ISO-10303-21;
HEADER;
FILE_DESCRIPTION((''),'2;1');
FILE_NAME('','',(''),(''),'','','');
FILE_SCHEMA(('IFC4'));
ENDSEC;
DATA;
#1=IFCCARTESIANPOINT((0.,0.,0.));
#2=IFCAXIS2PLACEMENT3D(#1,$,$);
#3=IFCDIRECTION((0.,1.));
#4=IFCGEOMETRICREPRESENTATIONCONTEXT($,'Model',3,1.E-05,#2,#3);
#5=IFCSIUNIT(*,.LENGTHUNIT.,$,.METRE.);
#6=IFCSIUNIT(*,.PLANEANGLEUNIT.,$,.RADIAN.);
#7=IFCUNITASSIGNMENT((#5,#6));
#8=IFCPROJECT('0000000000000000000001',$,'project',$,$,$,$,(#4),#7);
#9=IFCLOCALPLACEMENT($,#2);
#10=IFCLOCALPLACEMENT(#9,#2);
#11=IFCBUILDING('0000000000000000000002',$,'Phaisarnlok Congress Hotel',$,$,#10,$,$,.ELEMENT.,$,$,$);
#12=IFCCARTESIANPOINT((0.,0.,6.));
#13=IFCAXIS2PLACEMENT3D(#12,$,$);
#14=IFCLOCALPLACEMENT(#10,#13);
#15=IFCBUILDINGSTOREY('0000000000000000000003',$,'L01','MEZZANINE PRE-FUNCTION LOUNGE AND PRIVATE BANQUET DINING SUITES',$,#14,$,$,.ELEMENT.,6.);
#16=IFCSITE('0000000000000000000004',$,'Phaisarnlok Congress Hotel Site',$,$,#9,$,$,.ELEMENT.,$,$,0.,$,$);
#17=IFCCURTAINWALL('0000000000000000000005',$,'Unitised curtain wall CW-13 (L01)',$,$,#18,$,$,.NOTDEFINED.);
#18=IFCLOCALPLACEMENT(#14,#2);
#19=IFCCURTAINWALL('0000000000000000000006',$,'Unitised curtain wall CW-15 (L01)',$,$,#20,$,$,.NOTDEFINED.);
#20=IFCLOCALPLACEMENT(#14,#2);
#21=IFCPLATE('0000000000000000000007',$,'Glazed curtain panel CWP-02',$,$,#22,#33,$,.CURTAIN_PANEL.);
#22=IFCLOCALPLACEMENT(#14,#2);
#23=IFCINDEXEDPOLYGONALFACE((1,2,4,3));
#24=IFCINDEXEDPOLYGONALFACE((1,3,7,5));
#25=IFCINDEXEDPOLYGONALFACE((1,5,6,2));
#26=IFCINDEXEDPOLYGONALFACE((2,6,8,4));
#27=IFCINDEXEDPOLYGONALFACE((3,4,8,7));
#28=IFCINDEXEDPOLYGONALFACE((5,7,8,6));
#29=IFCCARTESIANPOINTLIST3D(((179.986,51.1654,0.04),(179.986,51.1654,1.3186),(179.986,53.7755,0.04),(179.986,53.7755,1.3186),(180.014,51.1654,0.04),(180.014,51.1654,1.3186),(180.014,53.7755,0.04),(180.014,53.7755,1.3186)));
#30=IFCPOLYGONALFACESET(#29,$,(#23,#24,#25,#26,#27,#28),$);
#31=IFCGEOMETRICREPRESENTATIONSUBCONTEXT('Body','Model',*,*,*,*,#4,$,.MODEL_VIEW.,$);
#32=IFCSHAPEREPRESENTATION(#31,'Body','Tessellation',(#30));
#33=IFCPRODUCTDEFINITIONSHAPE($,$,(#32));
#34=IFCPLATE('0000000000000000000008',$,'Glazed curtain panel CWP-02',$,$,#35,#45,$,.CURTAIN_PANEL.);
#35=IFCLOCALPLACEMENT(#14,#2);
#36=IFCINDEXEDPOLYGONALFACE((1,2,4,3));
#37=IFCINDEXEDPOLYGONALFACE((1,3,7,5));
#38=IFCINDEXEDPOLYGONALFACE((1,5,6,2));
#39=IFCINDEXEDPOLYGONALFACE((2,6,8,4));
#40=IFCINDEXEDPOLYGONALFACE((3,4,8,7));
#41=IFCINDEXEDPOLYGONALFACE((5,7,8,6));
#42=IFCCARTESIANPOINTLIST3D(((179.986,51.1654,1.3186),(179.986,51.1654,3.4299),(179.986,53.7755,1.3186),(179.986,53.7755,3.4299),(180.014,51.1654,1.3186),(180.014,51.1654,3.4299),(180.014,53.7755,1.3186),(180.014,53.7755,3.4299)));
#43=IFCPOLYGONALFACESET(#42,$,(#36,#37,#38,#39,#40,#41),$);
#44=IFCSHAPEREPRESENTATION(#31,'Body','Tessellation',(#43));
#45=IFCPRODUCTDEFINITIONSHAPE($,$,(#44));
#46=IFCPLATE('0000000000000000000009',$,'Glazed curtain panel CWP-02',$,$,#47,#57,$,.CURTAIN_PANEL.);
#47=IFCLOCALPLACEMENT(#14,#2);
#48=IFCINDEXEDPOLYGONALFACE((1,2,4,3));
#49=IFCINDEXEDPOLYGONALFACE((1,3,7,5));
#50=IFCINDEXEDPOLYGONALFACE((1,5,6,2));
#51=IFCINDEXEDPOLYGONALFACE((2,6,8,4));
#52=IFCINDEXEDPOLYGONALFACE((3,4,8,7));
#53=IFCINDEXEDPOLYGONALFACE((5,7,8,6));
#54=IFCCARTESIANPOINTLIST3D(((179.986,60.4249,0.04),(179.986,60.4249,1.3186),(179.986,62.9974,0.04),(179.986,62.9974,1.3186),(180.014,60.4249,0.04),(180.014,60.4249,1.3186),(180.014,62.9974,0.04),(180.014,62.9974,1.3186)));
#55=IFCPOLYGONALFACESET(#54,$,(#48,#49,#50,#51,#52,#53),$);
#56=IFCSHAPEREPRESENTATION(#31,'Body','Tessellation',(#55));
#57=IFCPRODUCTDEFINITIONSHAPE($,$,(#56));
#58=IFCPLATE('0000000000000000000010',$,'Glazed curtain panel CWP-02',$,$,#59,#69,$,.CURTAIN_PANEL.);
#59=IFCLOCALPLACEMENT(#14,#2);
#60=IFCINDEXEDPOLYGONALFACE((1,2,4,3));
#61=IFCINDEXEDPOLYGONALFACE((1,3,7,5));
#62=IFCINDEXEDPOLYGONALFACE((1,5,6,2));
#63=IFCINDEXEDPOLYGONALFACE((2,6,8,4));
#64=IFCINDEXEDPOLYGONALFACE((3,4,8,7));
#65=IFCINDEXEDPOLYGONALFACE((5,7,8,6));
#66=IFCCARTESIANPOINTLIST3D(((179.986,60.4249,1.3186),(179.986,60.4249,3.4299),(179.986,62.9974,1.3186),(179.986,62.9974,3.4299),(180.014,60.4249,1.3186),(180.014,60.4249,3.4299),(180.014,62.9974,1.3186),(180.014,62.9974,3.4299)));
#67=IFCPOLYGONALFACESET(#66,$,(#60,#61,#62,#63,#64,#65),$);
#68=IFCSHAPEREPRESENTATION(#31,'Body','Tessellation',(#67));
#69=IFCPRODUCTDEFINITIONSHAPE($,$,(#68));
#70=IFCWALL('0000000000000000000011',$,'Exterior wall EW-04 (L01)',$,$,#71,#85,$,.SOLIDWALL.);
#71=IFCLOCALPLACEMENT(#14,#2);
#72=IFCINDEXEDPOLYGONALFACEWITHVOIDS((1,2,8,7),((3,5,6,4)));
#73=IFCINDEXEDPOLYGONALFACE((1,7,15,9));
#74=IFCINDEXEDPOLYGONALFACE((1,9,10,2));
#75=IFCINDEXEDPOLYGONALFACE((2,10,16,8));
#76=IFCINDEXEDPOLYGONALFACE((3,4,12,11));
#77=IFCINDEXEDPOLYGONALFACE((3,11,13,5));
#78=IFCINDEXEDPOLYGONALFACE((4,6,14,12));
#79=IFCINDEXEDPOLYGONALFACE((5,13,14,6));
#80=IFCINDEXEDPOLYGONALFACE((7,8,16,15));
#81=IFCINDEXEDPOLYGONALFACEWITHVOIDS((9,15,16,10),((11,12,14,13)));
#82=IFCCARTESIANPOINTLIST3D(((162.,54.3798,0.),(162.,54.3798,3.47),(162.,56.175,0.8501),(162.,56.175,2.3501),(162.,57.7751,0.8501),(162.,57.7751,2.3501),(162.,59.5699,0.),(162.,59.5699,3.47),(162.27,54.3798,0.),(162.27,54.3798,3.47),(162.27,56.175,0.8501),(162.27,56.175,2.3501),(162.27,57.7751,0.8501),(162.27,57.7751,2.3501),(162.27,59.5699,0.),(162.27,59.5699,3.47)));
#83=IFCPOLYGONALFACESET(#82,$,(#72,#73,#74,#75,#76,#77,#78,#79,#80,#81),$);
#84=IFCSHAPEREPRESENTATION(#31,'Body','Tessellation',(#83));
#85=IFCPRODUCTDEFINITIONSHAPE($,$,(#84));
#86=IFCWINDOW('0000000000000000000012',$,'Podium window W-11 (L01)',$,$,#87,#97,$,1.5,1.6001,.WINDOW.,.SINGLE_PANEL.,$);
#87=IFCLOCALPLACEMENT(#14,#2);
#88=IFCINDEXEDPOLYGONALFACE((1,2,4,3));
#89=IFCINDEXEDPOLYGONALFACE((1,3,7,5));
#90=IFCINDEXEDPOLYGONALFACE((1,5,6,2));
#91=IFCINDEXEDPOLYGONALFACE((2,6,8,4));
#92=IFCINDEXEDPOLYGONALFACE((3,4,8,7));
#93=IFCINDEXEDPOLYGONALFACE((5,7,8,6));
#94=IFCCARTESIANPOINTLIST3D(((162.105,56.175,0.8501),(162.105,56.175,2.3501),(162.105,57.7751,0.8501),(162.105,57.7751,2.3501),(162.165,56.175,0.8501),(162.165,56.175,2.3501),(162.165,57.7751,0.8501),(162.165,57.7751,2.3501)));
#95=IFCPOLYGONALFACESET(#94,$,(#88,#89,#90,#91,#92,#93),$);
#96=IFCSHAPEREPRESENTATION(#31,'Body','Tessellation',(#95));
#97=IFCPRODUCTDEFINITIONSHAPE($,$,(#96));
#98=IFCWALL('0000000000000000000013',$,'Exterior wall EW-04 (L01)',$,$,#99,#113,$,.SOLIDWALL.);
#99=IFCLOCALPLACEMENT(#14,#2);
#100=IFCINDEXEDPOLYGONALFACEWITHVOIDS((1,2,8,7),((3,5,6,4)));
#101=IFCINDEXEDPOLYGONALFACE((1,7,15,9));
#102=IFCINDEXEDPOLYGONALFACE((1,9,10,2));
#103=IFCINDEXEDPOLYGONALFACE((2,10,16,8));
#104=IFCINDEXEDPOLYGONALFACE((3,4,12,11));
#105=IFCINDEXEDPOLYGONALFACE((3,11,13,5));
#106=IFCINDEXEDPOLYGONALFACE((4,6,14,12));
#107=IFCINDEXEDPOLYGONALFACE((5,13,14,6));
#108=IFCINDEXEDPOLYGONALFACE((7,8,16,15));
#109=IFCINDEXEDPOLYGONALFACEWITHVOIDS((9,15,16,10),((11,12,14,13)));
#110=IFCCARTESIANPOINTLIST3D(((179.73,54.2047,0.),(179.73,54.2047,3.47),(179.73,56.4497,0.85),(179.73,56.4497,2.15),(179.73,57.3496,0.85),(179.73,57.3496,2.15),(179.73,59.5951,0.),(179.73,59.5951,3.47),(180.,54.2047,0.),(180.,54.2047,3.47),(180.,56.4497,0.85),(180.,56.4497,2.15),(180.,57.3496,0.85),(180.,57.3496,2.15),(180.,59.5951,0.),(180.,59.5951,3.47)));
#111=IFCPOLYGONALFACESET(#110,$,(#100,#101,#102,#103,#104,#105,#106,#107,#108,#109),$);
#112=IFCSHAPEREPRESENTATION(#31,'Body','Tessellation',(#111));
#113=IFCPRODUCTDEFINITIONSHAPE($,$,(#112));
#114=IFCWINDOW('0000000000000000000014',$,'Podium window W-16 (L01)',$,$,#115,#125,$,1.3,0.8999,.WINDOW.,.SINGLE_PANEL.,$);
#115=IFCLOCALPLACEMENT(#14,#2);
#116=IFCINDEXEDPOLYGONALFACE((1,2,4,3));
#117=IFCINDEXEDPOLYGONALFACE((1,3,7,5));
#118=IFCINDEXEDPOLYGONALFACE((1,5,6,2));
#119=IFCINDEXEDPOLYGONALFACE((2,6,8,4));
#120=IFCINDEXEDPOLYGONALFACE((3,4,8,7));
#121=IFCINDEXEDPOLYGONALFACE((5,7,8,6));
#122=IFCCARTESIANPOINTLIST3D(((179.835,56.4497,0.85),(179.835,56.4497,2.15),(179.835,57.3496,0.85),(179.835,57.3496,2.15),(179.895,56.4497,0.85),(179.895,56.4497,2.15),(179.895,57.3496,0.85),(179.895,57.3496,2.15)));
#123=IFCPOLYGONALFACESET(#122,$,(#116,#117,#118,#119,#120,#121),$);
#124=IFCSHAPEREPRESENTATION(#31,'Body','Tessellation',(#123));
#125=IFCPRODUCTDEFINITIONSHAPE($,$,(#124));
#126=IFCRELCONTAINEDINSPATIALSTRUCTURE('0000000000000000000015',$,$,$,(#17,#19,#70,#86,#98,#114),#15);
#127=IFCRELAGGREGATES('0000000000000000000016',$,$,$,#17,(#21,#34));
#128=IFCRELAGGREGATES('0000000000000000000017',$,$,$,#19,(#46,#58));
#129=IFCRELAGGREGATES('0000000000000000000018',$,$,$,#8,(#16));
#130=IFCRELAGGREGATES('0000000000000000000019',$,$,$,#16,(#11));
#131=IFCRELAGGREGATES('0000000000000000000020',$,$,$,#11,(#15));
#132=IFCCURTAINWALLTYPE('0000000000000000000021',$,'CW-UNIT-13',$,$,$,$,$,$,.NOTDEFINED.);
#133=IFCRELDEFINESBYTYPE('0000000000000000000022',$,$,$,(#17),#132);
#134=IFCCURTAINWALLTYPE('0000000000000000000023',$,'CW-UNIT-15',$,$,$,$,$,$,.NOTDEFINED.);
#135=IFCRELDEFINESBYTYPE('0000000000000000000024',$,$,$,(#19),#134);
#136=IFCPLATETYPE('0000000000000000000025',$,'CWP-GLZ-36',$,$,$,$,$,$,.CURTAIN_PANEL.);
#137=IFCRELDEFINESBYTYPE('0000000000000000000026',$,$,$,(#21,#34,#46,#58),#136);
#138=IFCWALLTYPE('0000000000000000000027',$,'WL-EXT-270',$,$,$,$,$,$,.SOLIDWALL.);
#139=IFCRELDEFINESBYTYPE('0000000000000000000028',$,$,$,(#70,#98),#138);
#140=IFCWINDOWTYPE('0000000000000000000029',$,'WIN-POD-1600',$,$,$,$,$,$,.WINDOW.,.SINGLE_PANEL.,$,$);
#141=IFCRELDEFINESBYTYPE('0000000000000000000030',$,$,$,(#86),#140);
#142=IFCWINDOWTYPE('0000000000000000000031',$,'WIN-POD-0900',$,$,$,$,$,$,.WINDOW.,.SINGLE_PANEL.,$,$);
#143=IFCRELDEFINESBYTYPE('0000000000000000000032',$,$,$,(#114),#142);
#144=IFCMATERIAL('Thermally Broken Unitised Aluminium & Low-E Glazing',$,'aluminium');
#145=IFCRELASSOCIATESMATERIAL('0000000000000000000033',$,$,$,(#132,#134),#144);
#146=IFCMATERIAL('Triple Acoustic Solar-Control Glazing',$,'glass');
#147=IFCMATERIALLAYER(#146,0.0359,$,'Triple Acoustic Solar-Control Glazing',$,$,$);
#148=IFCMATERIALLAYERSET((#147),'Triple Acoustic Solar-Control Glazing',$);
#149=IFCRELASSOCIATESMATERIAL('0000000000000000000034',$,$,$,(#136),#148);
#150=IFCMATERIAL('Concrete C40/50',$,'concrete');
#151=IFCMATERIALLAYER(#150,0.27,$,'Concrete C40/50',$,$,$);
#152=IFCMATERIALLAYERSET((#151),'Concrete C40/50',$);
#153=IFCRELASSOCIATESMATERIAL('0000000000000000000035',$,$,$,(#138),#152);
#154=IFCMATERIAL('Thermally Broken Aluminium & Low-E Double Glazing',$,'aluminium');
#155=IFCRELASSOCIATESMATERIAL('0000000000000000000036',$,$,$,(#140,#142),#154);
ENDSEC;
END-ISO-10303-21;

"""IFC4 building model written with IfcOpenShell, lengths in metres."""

from ifc_helpers import new_model, si_unit, direction, frame, frame_2d, origin, place, context, subcontext, project, spatial, rectangle, extrude, material, layer, layer_set, type_object, element, fill, aggregate, save


model = new_model("IFC4")

# Units and contexts
model_context = context("Model", 3, precision=1e-05, world=origin(), true_north=direction((0.0, 1.0)))
body_context = subcontext(model_context, "Body", "Model", "MODEL_VIEW")
ifc_project = project(units=[si_unit("LENGTHUNIT", "METRE"), si_unit("PLANEANGLEUNIT", "RADIAN")], contexts=[model_context])

# Site, building, storey
site_placement = place(None, origin())
site = spatial("IfcSite", under=ifc_project, at=site_placement, Name="Phaisarnlok Congress Hotel Site", CompositionType="ELEMENT", RefElevation=0.0)
building_placement = place(site_placement, origin())
building = spatial("IfcBuilding", under=site, at=building_placement, Name="Phaisarnlok Congress Hotel", CompositionType="ELEMENT")
storey_placement = place(building_placement, frame((0.0, 0.0, 6.0)))
storey = spatial("IfcBuildingStorey", under=building, at=storey_placement, Name="L01", Description="MEZZANINE PRE-FUNCTION LOUNGE AND PRIVATE BANQUET DINING SUITES", CompositionType="ELEMENT", Elevation=6.0)

# Shared definitions
ifc_material_1 = material(Name="Concrete C40/50", Category="concrete")

# Curtain walls
ifc_material_2 = material(Name="Thermally Broken Unitised Aluminium & Low-E Glazing", Category="aluminium")
curtain_wall_type_1 = type_object("IfcCurtainWallType", Name="CW-UNIT-13", PredefinedType="NOTDEFINED", material=ifc_material_2)
curtain_wall_1_placement = place(storey_placement, origin())
curtain_wall_1 = element("IfcCurtainWall", 1, at=curtain_wall_1_placement, inside=storey, type_object=curtain_wall_type_1, Name="Unitised curtain wall CW-13 (L01)", PredefinedType="NOTDEFINED")
curtain_wall_type_2 = type_object("IfcCurtainWallType", Name="CW-UNIT-15", PredefinedType="NOTDEFINED", material=ifc_material_2)
curtain_wall_2_placement = place(storey_placement, origin())
curtain_wall_2 = element("IfcCurtainWall", 2, at=curtain_wall_2_placement, inside=storey, type_object=curtain_wall_type_2, Name="Unitised curtain wall CW-15 (L01)", PredefinedType="NOTDEFINED")

# Plates
ifc_material_3 = material(Name="Triple Acoustic Solar-Control Glazing", Category="glass")
ifc_layer_1 = layer(ifc_material_3, 0.0359, Name="Triple Acoustic Solar-Control Glazing")
ifc_layer_set_1 = layer_set([ifc_layer_1], Name="Triple Acoustic Solar-Control Glazing")
plate_type = type_object("IfcPlateType", Name="CWP-GLZ-36", PredefinedType="CURTAIN_PANEL", material=ifc_layer_set_1)
plate_1_placement = place(storey_placement, frame((180.0, 51.1653, 0.04), z_axis=(0.0, 0.0, 1.0), x_axis=(0.0, 1.0, 0.0)))
plate_1 = element("IfcPlate", 3, at=plate_1_placement, type_object=plate_type, Name="Glazed curtain panel CWP-02", PredefinedType="CURTAIN_PANEL", context=body_context, shape_type="SweptSolid", body=[
    extrude(rectangle(XDim=2.6101, YDim=0.0281, at=frame_2d((1.3052, 0.0))), origin(), (0.0, 0.0, 1.0), 1.2786),
])
plate_2_placement = place(storey_placement, frame((180.0, 51.1653, 1.3186), z_axis=(0.0, 0.0, 1.0), x_axis=(0.0, 1.0, 0.0)))
plate_2 = element("IfcPlate", 4, at=plate_2_placement, type_object=plate_type, Name="Glazed curtain panel CWP-02", PredefinedType="CURTAIN_PANEL", context=body_context, shape_type="SweptSolid", body=[
    extrude(rectangle(XDim=2.6101, YDim=0.0281, at=frame_2d((1.3052, 0.0))), origin(), (0.0, 0.0, 1.0), 2.1113),
])
aggregate(curtain_wall_1, [plate_1, plate_2])
plate_3_placement = place(storey_placement, frame((180.0, 60.425, 0.04), z_axis=(0.0, 0.0, 1.0), x_axis=(0.0, 1.0, 0.0)))
plate_3 = element("IfcPlate", 5, at=plate_3_placement, type_object=plate_type, Name="Glazed curtain panel CWP-02", PredefinedType="CURTAIN_PANEL", context=body_context, shape_type="SweptSolid", body=[
    extrude(rectangle(XDim=2.5725, YDim=0.0281, at=frame_2d((1.2861, 0.0))), origin(), (0.0, 0.0, 1.0), 1.2786),
])
plate_4_placement = place(storey_placement, frame((180.0, 60.425, 1.3186), z_axis=(0.0, 0.0, 1.0), x_axis=(0.0, 1.0, 0.0)))
plate_4 = element("IfcPlate", 6, at=plate_4_placement, type_object=plate_type, Name="Glazed curtain panel CWP-02", PredefinedType="CURTAIN_PANEL", context=body_context, shape_type="SweptSolid", body=[
    extrude(rectangle(XDim=2.5725, YDim=0.0281, at=frame_2d((1.2861, 0.0))), origin(), (0.0, 0.0, 1.0), 2.1113),
])
aggregate(curtain_wall_2, [plate_3, plate_4])

# Walls, openings, windows
ifc_layer_2 = layer(ifc_material_1, 0.27, Name="Concrete C40/50")
ifc_layer_set_2 = layer_set([ifc_layer_2], Name="Concrete C40/50")
wall_type = type_object("IfcWallType", Name="WL-EXT-270", PredefinedType="SOLIDWALL", material=ifc_layer_set_2)
wall_1_placement = place(storey_placement, frame((162.135, 59.5701, 0.0), z_axis=(0.0, 0.0, 1.0), x_axis=(0.0, -1.0, 0.0)))
wall_1 = element("IfcWall", 7, at=wall_1_placement, inside=storey, type_object=wall_type, Name="Exterior wall EW-04 (L01)", PredefinedType="SOLIDWALL", context=body_context, shape_type="SweptSolid", body=[
    extrude(rectangle(XDim=5.1902, YDim=0.27, at=frame_2d((2.5952, 0.0))), origin(), (0.0, 0.0, 1.0), 3.47),
])
opening_1_placement = place(wall_1_placement, frame((1.7949, 0.0, 0.8501)))
opening_1 = element("IfcOpeningElement", 8, at=opening_1_placement, cuts=wall_1, PredefinedType="OPENING", context=body_context, shape_type="SweptSolid", body=[
    extrude(rectangle(XDim=1.6001, YDim=1.5, at=frame_2d((0.8, 0.75))), frame((0.0, 0.145, 0.0), z_axis=(0.0, -1.0, 0.0), x_axis=(1.0, 0.0, 0.0)), (0.0, 0.0, 1.0), 0.29),
])
ifc_material_4 = material(Name="Thermally Broken Aluminium & Low-E Double Glazing", Category="aluminium")
window_type_1 = type_object("IfcWindowType", Name="WIN-POD-1600", PartitioningType="SINGLE_PANEL", PredefinedType="WINDOW", material=ifc_material_4)
window_1_placement = place(opening_1_placement, origin())
window_1 = element("IfcWindow", 9, at=window_1_placement, inside=storey, type_object=window_type_1, Name="Podium window W-11 (L01)", OverallHeight=1.5, OverallWidth=1.6001, PartitioningType="SINGLE_PANEL", PredefinedType="WINDOW", context=body_context, shape_type="SweptSolid", body=[
    extrude(rectangle(XDim=1.6001, YDim=1.5, at=frame_2d((0.8, 0.75))), frame((0.0, 0.03, 0.0), z_axis=(0.0, -1.0, 0.0), x_axis=(1.0, 0.0, 0.0)), (0.0, 0.0, 1.0), 0.0601),
])
fill(opening_1, window_1)
wall_2_placement = place(storey_placement, frame((179.865, 54.2046, 0.0), z_axis=(0.0, 0.0, 1.0), x_axis=(0.0, 1.0, 0.0)))
wall_2 = element("IfcWall", 10, at=wall_2_placement, inside=storey, type_object=wall_type, Name="Exterior wall EW-04 (L01)", PredefinedType="SOLIDWALL", context=body_context, shape_type="SweptSolid", body=[
    extrude(rectangle(XDim=5.3904, YDim=0.27, at=frame_2d((2.6953, 0.0))), origin(), (0.0, 0.0, 1.0), 3.47),
])
opening_2_placement = place(wall_2_placement, frame((2.2451, 0.0, 0.8501)))
opening_2 = element("IfcOpeningElement", 11, at=opening_2_placement, cuts=wall_2, PredefinedType="OPENING", context=body_context, shape_type="SweptSolid", body=[
    extrude(rectangle(XDim=0.8999, YDim=1.3, at=frame_2d((0.45, 0.6499))), frame((0.0, 0.145, 0.0), z_axis=(0.0, -1.0, 0.0), x_axis=(1.0, 0.0, 0.0)), (0.0, 0.0, 1.0), 0.29),
])
window_type_2 = type_object("IfcWindowType", Name="WIN-POD-0900", PartitioningType="SINGLE_PANEL", PredefinedType="WINDOW", material=ifc_material_4)
window_2_placement = place(opening_2_placement, origin())
window_2 = element("IfcWindow", 12, at=window_2_placement, inside=storey, type_object=window_type_2, Name="Podium window W-16 (L01)", OverallHeight=1.3, OverallWidth=0.8999, PartitioningType="SINGLE_PANEL", PredefinedType="WINDOW", context=body_context, shape_type="SweptSolid", body=[
    extrude(rectangle(XDim=0.8999, YDim=1.3, at=frame_2d((0.45, 0.6499))), frame((0.0, 0.03, 0.0), z_axis=(0.0, -1.0, 0.0), x_axis=(1.0, 0.0, 0.0)), (0.0, 0.0, 1.0), 0.0601),
])
fill(opening_2, window_2)

save(model, "model.ifc")
